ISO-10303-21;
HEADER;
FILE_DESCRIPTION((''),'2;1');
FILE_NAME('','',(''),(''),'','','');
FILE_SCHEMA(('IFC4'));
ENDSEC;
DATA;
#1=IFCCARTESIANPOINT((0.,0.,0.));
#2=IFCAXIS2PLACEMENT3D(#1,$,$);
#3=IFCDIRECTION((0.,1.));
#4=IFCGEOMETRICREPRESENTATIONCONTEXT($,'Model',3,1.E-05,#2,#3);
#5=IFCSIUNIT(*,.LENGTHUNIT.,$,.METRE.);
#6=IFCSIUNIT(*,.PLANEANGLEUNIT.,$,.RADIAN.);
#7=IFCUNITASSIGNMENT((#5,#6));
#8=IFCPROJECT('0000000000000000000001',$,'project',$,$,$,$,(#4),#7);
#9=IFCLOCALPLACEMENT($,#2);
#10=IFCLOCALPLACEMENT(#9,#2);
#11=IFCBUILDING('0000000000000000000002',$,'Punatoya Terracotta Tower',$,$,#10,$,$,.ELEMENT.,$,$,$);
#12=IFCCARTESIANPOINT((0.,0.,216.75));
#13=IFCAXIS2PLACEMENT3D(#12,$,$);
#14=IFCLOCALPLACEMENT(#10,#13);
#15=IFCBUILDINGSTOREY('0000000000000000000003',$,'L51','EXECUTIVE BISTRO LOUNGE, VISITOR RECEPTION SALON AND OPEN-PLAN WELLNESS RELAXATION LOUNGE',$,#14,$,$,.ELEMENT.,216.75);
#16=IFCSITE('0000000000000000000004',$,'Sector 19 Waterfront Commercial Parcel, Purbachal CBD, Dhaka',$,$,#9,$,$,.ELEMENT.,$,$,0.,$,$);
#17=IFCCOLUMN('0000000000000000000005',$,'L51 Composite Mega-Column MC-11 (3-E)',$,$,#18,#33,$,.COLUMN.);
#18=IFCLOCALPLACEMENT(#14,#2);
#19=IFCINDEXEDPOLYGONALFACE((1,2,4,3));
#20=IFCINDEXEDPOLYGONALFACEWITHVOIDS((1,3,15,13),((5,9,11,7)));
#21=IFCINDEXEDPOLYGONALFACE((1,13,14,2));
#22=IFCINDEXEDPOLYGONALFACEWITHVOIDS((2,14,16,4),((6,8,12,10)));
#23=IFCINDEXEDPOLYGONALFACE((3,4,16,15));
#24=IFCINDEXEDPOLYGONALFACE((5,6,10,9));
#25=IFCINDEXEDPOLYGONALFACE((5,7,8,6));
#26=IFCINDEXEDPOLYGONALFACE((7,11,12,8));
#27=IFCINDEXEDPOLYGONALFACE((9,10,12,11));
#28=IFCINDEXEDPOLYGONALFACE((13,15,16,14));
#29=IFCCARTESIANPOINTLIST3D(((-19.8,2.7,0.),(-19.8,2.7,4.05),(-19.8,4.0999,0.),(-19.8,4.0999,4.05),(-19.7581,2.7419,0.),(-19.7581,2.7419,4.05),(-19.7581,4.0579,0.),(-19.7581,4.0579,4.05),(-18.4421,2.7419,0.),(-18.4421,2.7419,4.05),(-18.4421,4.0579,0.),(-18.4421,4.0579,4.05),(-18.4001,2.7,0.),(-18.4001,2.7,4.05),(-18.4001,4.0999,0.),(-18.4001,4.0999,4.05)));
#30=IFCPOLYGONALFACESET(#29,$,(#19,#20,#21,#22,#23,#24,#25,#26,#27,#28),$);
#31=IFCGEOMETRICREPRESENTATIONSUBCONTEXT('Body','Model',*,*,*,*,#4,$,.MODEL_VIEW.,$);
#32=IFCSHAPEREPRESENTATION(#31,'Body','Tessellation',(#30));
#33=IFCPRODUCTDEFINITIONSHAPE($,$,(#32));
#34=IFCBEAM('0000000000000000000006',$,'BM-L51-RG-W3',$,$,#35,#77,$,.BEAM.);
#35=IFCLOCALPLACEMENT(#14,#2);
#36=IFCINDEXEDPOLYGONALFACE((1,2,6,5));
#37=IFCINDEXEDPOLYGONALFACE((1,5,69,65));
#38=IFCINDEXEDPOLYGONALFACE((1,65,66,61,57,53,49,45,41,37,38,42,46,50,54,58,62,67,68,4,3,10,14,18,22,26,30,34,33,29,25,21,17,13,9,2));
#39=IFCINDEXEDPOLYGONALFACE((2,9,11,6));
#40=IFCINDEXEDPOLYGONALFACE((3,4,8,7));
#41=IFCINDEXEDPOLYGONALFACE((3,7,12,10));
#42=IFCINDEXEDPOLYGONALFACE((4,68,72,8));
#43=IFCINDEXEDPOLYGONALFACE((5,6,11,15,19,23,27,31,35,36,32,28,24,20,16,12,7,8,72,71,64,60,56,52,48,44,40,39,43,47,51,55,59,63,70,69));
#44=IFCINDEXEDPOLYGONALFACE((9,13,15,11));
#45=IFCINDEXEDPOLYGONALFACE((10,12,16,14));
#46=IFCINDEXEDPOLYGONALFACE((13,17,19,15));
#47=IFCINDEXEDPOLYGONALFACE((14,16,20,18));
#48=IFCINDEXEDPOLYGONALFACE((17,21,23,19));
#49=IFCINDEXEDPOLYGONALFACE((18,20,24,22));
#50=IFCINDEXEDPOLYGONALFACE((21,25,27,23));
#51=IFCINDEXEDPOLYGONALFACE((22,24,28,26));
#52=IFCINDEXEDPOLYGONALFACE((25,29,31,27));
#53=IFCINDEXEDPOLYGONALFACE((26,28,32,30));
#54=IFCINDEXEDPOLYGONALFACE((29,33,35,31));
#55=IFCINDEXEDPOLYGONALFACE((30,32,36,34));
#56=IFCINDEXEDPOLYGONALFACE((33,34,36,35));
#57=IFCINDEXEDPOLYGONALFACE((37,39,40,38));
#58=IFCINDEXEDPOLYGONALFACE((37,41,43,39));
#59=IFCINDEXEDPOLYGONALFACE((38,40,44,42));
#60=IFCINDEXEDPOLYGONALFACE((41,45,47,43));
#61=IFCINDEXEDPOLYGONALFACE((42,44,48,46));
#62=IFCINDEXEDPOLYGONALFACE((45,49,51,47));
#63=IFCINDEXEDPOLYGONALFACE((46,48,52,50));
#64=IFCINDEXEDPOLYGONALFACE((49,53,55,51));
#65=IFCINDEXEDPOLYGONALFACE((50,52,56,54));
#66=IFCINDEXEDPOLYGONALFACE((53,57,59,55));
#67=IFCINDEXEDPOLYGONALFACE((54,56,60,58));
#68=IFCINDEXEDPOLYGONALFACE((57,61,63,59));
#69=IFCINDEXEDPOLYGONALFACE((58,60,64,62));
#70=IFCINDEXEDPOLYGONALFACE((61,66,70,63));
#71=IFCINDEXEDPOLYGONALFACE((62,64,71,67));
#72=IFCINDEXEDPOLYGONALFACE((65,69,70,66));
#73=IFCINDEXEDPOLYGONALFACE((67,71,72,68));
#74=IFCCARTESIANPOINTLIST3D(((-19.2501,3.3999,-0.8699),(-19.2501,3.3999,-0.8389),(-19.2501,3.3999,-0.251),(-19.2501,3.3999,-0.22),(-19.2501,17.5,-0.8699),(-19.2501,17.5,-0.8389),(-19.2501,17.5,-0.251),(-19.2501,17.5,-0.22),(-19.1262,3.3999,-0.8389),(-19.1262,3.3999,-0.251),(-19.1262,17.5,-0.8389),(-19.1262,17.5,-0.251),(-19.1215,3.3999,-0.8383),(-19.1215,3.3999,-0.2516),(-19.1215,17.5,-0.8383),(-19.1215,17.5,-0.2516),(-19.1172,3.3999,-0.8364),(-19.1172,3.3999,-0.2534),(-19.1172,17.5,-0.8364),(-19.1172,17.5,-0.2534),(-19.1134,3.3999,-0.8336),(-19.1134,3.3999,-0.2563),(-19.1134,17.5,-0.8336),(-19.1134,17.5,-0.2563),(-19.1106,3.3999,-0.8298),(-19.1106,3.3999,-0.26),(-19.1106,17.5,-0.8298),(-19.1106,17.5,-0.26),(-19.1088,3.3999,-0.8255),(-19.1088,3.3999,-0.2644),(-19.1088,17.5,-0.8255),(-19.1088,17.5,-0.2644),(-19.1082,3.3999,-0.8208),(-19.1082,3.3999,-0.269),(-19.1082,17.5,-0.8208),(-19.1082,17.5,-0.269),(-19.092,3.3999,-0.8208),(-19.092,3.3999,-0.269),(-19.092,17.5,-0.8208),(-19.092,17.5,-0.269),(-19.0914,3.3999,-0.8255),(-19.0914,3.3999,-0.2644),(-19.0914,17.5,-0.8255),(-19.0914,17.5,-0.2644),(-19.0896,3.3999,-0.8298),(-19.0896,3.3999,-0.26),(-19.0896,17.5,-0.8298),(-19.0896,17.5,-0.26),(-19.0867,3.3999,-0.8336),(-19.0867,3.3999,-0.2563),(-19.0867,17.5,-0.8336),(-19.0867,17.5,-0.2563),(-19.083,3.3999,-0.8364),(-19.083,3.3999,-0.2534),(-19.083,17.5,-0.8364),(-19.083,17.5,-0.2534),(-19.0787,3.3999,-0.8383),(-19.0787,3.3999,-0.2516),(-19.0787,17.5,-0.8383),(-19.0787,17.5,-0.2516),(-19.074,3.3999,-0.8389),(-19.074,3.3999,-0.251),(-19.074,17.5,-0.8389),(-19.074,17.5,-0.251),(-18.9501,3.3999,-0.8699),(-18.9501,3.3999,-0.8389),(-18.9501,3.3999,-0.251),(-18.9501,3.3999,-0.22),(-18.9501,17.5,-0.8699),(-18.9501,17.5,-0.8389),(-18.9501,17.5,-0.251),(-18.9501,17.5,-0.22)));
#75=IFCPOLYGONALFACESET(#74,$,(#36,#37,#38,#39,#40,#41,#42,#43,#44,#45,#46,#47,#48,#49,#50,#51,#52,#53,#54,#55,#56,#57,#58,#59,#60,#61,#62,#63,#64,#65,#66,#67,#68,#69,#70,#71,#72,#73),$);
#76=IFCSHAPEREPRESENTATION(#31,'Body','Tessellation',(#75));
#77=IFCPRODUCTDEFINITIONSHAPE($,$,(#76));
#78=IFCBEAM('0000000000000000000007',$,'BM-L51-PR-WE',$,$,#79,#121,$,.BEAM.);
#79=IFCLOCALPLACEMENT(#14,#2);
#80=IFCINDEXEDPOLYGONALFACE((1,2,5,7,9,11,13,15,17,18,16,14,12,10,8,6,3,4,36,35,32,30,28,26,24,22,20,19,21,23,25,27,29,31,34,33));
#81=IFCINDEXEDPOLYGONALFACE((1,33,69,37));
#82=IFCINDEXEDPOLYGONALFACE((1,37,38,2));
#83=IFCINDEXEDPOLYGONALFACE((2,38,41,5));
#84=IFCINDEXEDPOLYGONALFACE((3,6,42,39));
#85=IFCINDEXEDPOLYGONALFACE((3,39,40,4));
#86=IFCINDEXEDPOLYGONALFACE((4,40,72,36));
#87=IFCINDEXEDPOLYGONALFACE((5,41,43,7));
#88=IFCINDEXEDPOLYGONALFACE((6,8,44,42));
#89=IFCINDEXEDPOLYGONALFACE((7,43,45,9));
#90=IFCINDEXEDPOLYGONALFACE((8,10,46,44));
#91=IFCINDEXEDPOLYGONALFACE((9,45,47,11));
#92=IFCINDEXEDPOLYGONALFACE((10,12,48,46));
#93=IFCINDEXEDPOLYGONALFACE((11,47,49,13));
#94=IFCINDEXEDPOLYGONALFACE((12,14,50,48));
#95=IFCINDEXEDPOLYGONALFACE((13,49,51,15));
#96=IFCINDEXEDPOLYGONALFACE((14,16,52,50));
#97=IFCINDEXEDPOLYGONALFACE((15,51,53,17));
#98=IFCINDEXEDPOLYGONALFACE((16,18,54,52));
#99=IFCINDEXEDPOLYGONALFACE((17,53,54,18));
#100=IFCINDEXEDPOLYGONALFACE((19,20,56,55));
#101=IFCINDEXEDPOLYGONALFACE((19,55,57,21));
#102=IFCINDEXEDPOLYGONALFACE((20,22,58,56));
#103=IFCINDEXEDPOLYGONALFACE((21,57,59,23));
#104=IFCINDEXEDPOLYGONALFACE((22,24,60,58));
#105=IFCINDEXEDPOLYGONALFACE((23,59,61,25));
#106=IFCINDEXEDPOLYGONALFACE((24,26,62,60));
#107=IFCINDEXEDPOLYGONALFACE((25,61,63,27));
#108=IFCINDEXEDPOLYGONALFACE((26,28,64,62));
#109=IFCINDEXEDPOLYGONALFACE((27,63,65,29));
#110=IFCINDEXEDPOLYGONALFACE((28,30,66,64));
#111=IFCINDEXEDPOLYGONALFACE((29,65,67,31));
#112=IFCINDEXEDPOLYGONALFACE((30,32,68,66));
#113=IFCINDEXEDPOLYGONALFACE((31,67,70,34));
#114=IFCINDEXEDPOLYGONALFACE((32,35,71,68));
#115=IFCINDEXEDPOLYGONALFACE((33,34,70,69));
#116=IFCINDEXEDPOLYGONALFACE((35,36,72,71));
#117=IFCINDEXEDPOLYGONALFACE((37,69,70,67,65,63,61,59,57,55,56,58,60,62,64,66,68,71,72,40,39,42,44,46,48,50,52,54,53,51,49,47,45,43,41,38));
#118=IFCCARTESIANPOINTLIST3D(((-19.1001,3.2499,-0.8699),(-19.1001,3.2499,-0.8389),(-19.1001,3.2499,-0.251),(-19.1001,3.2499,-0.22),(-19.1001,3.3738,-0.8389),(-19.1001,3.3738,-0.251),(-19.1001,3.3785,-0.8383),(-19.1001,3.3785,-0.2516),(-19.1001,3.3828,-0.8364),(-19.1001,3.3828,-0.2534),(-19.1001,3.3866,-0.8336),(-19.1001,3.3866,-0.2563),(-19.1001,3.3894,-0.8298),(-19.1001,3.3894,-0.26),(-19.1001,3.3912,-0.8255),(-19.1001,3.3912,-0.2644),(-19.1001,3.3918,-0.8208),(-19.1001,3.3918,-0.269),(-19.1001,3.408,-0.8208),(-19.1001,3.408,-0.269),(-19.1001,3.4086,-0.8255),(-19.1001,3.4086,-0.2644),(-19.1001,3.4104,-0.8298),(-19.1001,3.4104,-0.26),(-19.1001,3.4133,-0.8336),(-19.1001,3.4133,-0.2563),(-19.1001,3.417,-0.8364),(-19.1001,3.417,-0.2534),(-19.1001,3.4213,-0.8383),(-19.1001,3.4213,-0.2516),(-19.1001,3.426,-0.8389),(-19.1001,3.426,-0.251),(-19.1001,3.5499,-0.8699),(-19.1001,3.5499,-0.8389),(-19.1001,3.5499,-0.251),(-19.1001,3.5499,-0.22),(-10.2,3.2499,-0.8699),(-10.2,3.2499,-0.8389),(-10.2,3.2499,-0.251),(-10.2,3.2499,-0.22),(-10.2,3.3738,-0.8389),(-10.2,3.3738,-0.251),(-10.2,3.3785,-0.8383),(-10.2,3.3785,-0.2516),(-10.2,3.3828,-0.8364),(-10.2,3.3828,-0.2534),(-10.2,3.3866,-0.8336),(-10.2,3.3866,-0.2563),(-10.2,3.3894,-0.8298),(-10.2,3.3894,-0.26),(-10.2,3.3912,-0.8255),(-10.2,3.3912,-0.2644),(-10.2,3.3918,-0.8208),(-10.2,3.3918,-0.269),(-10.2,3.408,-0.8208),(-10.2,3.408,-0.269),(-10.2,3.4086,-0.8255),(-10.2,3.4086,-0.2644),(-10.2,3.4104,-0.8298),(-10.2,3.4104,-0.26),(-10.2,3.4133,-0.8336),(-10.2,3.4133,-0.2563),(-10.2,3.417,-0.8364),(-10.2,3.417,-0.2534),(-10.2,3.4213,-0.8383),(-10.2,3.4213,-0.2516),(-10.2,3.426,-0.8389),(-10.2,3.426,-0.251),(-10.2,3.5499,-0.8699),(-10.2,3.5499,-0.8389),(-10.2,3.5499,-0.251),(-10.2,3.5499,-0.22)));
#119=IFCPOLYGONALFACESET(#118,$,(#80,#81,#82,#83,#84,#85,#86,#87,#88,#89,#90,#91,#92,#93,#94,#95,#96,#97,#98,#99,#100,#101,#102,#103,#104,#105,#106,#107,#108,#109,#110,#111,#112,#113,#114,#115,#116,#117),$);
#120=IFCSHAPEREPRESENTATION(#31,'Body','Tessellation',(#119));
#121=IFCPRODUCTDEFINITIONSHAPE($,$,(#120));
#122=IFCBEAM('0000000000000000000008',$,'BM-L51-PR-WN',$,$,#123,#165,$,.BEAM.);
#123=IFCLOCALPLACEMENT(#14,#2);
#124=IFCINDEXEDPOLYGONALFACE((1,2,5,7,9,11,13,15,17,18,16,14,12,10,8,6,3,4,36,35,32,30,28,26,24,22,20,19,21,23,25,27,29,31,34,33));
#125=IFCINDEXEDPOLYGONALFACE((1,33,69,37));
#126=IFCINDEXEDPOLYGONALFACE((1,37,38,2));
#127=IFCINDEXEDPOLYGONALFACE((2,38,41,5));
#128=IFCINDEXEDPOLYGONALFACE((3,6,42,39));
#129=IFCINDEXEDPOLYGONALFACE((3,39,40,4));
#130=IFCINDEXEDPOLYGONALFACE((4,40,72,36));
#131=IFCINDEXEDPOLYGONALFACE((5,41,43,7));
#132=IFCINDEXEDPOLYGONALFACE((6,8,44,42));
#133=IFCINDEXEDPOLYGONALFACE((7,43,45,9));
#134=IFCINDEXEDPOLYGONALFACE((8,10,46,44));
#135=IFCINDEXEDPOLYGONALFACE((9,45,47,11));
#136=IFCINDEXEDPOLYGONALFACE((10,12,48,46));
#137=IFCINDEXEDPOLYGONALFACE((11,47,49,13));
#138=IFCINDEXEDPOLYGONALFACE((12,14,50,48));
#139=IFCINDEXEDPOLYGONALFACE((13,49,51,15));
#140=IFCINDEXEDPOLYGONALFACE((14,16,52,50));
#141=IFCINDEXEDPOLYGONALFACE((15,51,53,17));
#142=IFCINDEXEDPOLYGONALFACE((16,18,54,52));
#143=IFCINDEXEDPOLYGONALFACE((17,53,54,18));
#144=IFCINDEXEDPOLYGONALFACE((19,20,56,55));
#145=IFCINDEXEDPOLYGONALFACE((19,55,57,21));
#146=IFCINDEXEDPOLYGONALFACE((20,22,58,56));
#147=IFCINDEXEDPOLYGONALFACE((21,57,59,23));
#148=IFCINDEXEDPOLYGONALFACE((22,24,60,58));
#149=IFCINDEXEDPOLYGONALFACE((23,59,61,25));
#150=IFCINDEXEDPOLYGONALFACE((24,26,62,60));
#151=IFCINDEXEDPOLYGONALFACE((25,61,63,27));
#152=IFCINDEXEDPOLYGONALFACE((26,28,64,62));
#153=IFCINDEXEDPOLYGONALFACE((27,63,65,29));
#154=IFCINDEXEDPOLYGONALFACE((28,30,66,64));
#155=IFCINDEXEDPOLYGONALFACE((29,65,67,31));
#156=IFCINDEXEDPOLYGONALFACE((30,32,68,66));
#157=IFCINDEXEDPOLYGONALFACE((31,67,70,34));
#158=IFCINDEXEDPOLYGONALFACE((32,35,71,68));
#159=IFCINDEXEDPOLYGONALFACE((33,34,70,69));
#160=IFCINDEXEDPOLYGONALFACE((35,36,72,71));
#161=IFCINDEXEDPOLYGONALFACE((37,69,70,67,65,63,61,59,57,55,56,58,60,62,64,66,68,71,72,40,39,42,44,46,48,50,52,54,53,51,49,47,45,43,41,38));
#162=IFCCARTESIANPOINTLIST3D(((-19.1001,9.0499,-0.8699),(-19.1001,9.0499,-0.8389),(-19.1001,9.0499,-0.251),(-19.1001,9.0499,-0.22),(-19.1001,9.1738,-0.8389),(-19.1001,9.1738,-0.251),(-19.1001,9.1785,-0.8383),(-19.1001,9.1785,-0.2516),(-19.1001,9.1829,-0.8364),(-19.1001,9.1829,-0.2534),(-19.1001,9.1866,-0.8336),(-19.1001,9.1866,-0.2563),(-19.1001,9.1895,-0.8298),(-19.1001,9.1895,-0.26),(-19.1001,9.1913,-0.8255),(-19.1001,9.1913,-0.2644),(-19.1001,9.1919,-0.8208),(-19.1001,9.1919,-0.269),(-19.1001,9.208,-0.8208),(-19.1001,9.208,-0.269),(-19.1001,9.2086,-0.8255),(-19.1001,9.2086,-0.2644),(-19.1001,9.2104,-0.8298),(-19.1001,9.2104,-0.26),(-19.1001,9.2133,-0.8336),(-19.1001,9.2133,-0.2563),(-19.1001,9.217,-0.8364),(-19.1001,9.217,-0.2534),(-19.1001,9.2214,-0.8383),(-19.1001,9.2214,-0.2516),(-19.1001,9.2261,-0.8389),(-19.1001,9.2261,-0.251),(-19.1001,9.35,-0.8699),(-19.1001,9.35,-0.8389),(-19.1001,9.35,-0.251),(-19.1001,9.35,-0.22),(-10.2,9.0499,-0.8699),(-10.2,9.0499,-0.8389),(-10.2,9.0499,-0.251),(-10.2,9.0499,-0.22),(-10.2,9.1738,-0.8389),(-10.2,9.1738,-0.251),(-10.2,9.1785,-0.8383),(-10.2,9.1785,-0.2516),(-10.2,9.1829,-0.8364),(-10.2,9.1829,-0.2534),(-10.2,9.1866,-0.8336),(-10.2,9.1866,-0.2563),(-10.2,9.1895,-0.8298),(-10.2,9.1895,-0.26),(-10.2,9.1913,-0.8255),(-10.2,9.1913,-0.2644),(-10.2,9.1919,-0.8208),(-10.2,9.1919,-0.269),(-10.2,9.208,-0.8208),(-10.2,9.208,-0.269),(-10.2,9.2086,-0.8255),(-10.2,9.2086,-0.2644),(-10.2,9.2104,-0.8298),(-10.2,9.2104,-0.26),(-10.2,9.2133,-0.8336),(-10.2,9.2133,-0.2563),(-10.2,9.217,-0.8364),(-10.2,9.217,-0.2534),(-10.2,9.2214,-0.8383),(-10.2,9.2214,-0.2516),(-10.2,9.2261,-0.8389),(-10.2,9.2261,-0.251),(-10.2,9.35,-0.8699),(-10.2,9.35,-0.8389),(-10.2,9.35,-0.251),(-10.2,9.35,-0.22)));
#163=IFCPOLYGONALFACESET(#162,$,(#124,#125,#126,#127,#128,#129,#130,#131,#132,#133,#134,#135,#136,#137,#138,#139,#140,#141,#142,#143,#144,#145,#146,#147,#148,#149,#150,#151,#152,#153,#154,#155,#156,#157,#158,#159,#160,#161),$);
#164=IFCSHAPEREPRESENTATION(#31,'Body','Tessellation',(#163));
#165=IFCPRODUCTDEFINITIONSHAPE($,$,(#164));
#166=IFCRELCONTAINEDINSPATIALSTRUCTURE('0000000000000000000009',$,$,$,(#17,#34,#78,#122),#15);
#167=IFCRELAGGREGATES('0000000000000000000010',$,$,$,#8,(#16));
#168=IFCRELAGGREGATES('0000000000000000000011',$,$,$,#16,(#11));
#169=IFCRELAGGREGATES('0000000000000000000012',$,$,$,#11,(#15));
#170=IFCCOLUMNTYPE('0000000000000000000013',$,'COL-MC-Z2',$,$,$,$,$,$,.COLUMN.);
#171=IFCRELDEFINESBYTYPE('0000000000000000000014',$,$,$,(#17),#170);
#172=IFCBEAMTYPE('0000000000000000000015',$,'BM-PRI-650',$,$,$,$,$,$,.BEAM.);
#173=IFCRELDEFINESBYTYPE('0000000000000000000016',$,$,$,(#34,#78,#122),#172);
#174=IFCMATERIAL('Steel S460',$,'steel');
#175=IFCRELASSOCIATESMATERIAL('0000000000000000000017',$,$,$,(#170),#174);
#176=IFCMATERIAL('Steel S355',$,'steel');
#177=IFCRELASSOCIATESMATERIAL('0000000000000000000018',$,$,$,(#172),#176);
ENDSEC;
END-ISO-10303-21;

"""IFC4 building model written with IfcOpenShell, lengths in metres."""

from ifc_helpers import new_model, si_unit, direction, frame, origin, origin_2d, place, context, subcontext, project, spatial, hollow_rectangle, i_section, extrude, material, material_profile, profile_set, type_object, element, save


model = new_model("IFC4")

# Units and contexts
model_context = context("Model", 3, precision=1e-05, world=origin(), true_north=direction((0.0, 1.0)))
body_context = subcontext(model_context, "Body", "Model", "MODEL_VIEW")
ifc_project = project(units=[si_unit("LENGTHUNIT", "METRE"), si_unit("PLANEANGLEUNIT", "RADIAN")], contexts=[model_context])

# Site, building, storey
site_placement = place(None, origin())
site = spatial("IfcSite", under=ifc_project, at=site_placement, Name="Sector 19 Waterfront Commercial Parcel, Purbachal CBD, Dhaka", CompositionType="ELEMENT", RefElevation=0.0)
building_placement = place(site_placement, origin())
building = spatial("IfcBuilding", under=site, at=building_placement, Name="Punatoya Terracotta Tower", CompositionType="ELEMENT")
storey_placement = place(building_placement, frame((0.0, 0.0, 216.75)))
storey = spatial("IfcBuildingStorey", under=building, at=storey_placement, Name="L51", Description="EXECUTIVE BISTRO LOUNGE, VISITOR RECEPTION SALON AND OPEN-PLAN WELLNESS RELAXATION LOUNGE", CompositionType="ELEMENT", Elevation=216.75)

# Column
ifc_material_1 = material(Name="Steel S460", Category="steel")
ifc_material_profile_1 = material_profile(ifc_material_1, hollow_rectangle(XDim=1.3999, YDim=1.3999, WallThickness=0.042, at=origin_2d()))
ifc_profile_set_1 = profile_set([ifc_material_profile_1], Name="Steel S460")
column_type = type_object("IfcColumnType", Name="COL-MC-Z2", PredefinedType="COLUMN", material=ifc_profile_set_1)
column_placement = place(storey_placement, frame((-19.1001, 3.3999, 0.0), z_axis=(0.0, 0.0, 1.0), x_axis=(1.0, 0.0, 0.0)))
element("IfcColumn", 1, at=column_placement, inside=storey, type_object=column_type, Name="L51 Composite Mega-Column MC-11 (3-E)", PredefinedType="COLUMN", context=body_context, shape_type="SweptSolid", body=[
    extrude(hollow_rectangle(XDim=1.3999, YDim=1.3999, WallThickness=0.042, at=origin_2d()), origin(), (0.0, 0.0, 1.0), 4.05),
])

# Beams
ifc_material_2 = material(Name="Steel S355", Category="steel")
ifc_material_profile_2 = material_profile(ifc_material_2, i_section(OverallWidth=0.3, OverallDepth=0.6499, WebThickness=0.0161, FlangeThickness=0.031, FilletRadius=0.0181, at=origin_2d()))
ifc_profile_set_2 = profile_set([ifc_material_profile_2], Name="Steel S355")
beam_type_1 = type_object("IfcBeamType", Name="BM-PRI-650", PredefinedType="BEAM", material=ifc_profile_set_2)
beam_1_placement = place(storey_placement, frame((-19.1001, 3.3999, -0.5449), z_axis=(0.0, 1.0, 0.0), x_axis=(-1.0, 0.0, 0.0)))
element("IfcBeam", 2, at=beam_1_placement, inside=storey, type_object=beam_type_1, Name="BM-L51-RG-W3", PredefinedType="BEAM", context=body_context, shape_type="SweptSolid", body=[
    extrude(i_section(OverallWidth=0.3, OverallDepth=0.6499, WebThickness=0.0161, FlangeThickness=0.031, FilletRadius=0.0181, at=origin_2d()), origin(), (0.0, 0.0, 1.0), 14.1001),
])
for number, where, z_axis, x_axis, name in (
    (3, (-19.1001, 3.3999, -0.5449), (1.0, 0.0, 0.0), (0.0, 1.0, 0.0), "BM-L51-PR-WE"),
    (4, (-19.1001, 9.2, -0.5449), (1.0, 0.0, 0.0), (0.0, 1.0, 0.0), "BM-L51-PR-WN"),
):
    element("IfcBeam", number, at=place(storey_placement, frame(where, z_axis=z_axis, x_axis=x_axis)), inside=storey, type_object=beam_type_1, Name=name, PredefinedType="BEAM", context=body_context, shape_type="SweptSolid", body=[
        extrude(i_section(OverallWidth=0.3, OverallDepth=0.6499, WebThickness=0.0161, FlangeThickness=0.031, FilletRadius=0.0181, at=origin_2d()), origin(), (0.0, 0.0, 1.0), 8.9001),
    ])

save(model, "model.ifc")
